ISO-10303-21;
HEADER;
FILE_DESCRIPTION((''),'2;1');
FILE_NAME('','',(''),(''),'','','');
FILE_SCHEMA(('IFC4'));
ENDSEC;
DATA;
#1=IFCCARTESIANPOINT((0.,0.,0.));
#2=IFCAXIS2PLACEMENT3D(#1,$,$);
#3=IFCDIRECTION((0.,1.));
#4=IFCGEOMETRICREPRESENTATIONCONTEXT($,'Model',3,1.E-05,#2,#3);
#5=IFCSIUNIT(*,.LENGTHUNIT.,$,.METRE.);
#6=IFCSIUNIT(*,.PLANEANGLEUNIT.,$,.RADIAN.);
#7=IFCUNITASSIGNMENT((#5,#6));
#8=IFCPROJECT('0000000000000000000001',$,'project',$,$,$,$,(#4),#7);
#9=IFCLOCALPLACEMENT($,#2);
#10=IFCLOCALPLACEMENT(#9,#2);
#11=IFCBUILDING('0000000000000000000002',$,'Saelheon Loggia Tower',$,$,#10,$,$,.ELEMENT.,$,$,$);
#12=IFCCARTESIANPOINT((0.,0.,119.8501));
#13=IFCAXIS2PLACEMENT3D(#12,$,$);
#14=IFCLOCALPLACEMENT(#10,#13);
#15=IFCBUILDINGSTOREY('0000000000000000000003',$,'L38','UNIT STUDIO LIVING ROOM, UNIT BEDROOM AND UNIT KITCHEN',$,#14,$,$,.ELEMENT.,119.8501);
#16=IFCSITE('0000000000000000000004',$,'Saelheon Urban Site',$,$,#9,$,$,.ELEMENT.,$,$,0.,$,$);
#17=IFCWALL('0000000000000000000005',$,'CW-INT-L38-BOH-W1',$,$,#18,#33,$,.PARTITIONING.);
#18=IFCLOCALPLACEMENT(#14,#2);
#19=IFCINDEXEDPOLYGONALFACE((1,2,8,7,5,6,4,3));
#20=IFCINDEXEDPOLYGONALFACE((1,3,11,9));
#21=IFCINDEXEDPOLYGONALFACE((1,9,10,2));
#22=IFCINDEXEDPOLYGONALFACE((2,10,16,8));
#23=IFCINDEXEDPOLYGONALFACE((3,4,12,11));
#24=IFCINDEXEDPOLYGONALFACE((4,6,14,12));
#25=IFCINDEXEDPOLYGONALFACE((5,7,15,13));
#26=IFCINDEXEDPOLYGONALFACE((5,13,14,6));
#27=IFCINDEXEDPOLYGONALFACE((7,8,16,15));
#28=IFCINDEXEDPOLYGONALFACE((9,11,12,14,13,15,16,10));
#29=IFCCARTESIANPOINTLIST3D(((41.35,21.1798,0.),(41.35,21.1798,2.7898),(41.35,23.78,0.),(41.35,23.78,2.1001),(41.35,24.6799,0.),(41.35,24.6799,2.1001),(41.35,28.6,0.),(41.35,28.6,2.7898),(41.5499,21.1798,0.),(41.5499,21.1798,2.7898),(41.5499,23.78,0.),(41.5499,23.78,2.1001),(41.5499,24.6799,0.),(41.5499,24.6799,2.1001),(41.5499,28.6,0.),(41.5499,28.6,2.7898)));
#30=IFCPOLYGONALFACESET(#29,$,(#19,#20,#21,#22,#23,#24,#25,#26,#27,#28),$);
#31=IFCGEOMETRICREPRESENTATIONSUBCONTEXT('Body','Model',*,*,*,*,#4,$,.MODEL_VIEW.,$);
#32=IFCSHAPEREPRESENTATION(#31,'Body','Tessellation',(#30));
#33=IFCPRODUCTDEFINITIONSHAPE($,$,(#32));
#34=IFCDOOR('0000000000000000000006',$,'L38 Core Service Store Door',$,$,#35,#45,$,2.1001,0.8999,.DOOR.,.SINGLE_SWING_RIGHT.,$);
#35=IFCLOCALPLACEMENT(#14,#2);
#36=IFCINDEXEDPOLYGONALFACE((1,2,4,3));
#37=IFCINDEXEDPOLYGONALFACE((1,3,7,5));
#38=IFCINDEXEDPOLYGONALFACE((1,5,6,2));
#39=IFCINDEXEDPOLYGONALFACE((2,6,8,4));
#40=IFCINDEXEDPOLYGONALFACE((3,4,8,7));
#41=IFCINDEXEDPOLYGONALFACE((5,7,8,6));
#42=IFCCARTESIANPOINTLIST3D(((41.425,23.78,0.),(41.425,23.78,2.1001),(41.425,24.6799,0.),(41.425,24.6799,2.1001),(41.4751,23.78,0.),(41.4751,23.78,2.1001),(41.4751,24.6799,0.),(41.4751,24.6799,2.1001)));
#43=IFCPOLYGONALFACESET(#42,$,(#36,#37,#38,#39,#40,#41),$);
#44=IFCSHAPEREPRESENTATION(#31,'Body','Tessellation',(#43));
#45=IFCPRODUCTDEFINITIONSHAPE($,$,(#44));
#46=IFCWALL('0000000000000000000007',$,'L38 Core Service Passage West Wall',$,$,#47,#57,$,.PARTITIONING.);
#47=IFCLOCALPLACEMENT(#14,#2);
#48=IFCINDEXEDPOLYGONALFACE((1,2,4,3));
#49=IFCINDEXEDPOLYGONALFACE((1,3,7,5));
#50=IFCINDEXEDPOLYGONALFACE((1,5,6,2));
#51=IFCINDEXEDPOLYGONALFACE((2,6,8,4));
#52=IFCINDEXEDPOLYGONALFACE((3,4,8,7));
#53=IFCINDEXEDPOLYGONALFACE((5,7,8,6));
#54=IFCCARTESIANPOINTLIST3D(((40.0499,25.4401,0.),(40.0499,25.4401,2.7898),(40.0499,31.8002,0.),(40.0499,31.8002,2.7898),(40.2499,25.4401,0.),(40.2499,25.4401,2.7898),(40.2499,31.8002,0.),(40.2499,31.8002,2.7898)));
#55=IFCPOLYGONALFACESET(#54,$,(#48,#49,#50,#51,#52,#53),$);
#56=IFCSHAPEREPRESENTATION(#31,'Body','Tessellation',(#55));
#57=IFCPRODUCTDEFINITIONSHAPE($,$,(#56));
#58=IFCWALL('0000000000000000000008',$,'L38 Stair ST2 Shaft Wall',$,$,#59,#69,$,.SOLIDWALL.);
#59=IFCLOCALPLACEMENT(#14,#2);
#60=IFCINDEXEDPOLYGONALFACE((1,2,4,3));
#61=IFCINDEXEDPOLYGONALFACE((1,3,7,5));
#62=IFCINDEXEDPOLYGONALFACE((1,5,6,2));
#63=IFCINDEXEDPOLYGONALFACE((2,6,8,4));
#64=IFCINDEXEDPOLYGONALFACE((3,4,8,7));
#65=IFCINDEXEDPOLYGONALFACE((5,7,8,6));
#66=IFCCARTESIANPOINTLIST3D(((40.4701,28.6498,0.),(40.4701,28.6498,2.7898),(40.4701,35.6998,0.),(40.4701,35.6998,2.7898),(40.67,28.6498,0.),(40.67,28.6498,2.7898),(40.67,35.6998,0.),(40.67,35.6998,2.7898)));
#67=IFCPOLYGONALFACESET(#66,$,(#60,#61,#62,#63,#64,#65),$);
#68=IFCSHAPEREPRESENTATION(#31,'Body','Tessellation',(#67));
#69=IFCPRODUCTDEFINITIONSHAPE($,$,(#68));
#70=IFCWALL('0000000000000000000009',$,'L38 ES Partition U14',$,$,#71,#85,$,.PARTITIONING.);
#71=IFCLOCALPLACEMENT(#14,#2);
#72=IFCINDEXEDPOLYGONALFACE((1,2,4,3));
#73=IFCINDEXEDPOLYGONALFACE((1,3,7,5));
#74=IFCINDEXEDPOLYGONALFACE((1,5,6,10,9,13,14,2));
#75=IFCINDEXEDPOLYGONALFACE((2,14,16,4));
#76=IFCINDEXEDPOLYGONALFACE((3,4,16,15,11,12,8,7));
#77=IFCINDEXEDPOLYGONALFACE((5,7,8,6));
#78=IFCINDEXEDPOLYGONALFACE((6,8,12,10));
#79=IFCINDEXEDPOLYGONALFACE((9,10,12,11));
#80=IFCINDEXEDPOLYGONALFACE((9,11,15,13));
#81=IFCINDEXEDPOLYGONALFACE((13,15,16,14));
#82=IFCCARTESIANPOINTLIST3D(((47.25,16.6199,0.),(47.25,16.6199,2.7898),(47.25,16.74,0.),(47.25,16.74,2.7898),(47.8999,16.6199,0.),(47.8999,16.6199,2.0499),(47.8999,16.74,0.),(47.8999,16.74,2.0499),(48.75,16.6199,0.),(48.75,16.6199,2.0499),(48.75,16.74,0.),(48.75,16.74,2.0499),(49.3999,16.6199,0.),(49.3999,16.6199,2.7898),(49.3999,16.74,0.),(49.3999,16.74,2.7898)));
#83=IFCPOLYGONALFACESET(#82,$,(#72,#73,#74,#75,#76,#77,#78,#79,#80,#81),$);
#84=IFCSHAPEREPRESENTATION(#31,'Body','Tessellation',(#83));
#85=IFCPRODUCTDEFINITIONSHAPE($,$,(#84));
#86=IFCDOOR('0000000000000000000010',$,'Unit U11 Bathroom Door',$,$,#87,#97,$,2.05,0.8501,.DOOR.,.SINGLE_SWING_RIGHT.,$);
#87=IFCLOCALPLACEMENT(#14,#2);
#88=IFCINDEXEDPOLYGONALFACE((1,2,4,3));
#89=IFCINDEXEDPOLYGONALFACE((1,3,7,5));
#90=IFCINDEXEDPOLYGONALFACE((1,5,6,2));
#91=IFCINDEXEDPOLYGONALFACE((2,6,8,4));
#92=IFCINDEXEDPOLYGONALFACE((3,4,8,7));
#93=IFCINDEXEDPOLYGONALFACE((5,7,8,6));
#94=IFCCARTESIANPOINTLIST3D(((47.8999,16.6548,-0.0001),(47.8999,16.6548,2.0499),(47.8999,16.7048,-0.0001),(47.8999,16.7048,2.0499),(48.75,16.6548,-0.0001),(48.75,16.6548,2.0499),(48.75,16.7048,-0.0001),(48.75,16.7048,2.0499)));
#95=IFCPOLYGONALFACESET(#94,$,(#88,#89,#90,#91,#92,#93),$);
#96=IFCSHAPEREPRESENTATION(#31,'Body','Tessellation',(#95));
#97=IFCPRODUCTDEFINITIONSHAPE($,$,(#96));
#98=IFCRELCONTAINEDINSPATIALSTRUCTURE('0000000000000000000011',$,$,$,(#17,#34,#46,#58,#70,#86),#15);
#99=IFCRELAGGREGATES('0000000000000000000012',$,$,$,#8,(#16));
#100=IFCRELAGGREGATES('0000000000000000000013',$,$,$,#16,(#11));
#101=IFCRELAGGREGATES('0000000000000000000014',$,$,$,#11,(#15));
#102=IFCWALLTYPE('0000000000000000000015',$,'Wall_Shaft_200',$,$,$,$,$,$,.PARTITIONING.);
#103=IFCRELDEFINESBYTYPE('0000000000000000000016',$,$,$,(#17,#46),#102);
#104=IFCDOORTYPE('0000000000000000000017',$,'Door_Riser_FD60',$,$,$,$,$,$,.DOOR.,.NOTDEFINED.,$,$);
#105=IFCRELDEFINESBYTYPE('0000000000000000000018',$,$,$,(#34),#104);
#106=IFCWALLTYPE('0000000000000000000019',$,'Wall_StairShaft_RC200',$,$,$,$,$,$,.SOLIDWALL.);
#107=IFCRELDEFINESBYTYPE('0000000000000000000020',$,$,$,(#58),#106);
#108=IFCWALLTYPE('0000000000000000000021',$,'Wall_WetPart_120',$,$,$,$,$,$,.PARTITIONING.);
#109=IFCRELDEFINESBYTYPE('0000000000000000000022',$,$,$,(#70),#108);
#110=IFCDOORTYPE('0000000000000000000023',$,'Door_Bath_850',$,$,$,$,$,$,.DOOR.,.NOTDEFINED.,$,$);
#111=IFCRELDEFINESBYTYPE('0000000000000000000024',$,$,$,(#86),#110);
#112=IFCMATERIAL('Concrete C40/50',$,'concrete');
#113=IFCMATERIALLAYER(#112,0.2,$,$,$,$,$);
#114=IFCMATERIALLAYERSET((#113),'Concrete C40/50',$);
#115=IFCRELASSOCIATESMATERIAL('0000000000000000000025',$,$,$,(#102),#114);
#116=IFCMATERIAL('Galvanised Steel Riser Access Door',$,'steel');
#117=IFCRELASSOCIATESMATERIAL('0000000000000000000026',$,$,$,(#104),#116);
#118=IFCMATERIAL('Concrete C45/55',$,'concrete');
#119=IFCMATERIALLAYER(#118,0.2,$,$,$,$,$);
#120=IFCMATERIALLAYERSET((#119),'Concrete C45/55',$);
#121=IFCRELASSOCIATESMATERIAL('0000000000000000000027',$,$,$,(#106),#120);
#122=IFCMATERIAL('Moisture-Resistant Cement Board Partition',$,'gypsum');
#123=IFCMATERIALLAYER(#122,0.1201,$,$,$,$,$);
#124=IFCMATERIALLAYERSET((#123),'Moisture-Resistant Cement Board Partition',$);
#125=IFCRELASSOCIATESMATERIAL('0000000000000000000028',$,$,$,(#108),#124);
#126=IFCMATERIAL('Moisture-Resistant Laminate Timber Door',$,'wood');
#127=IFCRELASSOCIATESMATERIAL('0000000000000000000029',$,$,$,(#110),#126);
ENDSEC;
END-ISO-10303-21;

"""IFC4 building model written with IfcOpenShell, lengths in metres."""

from ifc_helpers import new_model, si_unit, direction, frame, frame_2d, origin, place, context, subcontext, project, spatial, rectangle, extrude, source, transform, mapped, material, layer, layer_set, type_object, element, fill, save


model = new_model("IFC4")

# Units and contexts
model_context = context("Model", 3, precision=1e-05, world=origin(), true_north=direction((0.0, 1.0)))
body_context = subcontext(model_context, "Body", "Model", "MODEL_VIEW")
ifc_project = project(units=[si_unit("LENGTHUNIT", "METRE"), si_unit("PLANEANGLEUNIT", "RADIAN")], contexts=[model_context])

# Site, building, storey
site_placement = place(None, origin())
site = spatial("IfcSite", under=ifc_project, at=site_placement, Name="Saelheon Urban Site", CompositionType="ELEMENT", RefElevation=0.0)
building_placement = place(site_placement, origin())
building = spatial("IfcBuilding", under=site, at=building_placement, Name="Saelheon Loggia Tower", CompositionType="ELEMENT")
storey_placement = place(building_placement, frame((0.0, 0.0, 119.8501)))
storey = spatial("IfcBuildingStorey", under=building, at=storey_placement, Name="L38", Description="UNIT STUDIO LIVING ROOM, UNIT BEDROOM AND UNIT KITCHEN", CompositionType="ELEMENT", Elevation=119.8501)

# Shared definitions
ifc_material_1 = material(Name="Concrete C40/50", Category="concrete")

# Shared definitions
shared_shape_1 = source(origin(), body_context, "Body", "SweptSolid", [
    extrude(rectangle(XDim=0.8999, YDim=2.1001, at=frame_2d((0.45, 1.05))), frame((0.0, 0.0249, 0.0), z_axis=(0.0, -1.0, 0.0), x_axis=(1.0, 0.0, 0.0)), (0.0, 0.0, 1.0), 0.05),
])

# Shared definitions
ifc_layer_1 = layer(ifc_material_1, 0.2)
ifc_layer_set_1 = layer_set([ifc_layer_1], Name="Concrete C40/50")
wall_type_1 = type_object("IfcWallType", Name="Wall_Shaft_200", PredefinedType="PARTITIONING", material=ifc_layer_set_1)

# Wall, opening, door
wall_1_placement = place(storey_placement, frame((41.45, 21.1799, 0.0), z_axis=(0.0, 0.0, 1.0), x_axis=(0.0, 1.0, 0.0)))
wall_1 = element("IfcWall", 1, at=wall_1_placement, inside=storey, type_object=wall_type_1, Name="CW-INT-L38-BOH-W1", PredefinedType="PARTITIONING", context=body_context, shape_type="SweptSolid", body=[
    extrude(rectangle(XDim=7.4202, YDim=0.2, at=frame_2d((3.71, 0.0))), origin(), (0.0, 0.0, 1.0), 2.7898),
])
opening_1_placement = place(wall_1_placement, frame((2.6001, 0.0, 0.0)))
opening_1 = element("IfcOpeningElement", 2, at=opening_1_placement, cuts=wall_1, PredefinedType="OPENING", context=body_context, shape_type="SweptSolid", body=[
    extrude(rectangle(XDim=0.8999, YDim=2.1001, at=frame_2d((0.45, 1.05))), frame((0.0, 0.1121, 0.0), z_axis=(0.0, -1.0, 0.0), x_axis=(1.0, 0.0, 0.0)), (0.0, 0.0, 1.0), 0.2239),
])
ifc_material_2 = material(Name="Galvanised Steel Riser Access Door", Category="steel")
door_type_1 = type_object("IfcDoorType", Name="Door_Riser_FD60", OperationType="NOTDEFINED", PredefinedType="DOOR", material=ifc_material_2)
door_1_placement = place(opening_1_placement, origin())
door_1 = element("IfcDoor", 3, at=door_1_placement, inside=storey, type_object=door_type_1, Name="L38 Core Service Store Door", OperationType="SINGLE_SWING_RIGHT", OverallHeight=2.1001, OverallWidth=0.8999, PredefinedType="DOOR", context=body_context, shape_type="MappedRepresentation", body=[
    mapped(shared_shape_1, transform((0.0, 0.0, 0.0), scale=1.0)),
])
fill(opening_1, door_1)

# Wall
wall_2_placement = place(storey_placement, frame((40.1499, 25.4399, 0.0), z_axis=(0.0, 0.0, 1.0), x_axis=(0.0, 1.0, 0.0)))
element("IfcWall", 4, at=wall_2_placement, inside=storey, type_object=wall_type_1, Name="L38 Core Service Passage West Wall", PredefinedType="PARTITIONING", context=body_context, shape_type="SweptSolid", body=[
    extrude(rectangle(XDim=6.3601, YDim=0.2, at=frame_2d((3.1802, 0.0))), origin(), (0.0, 0.0, 1.0), 2.7898),
])

# Shared definitions
ifc_material_3 = material(Name="Concrete C45/55", Category="concrete")
ifc_layer_2 = layer(ifc_material_3, 0.2)
ifc_layer_set_2 = layer_set([ifc_layer_2], Name="Concrete C45/55")
wall_type_2 = type_object("IfcWallType", Name="Wall_StairShaft_RC200", PredefinedType="SOLIDWALL", material=ifc_layer_set_2)

# Wall
wall_3_placement = place(storey_placement, frame((40.5701, 28.6499, 0.0), z_axis=(0.0, 0.0, 1.0), x_axis=(0.0, 1.0, 0.0)))
element("IfcWall", 5, at=wall_3_placement, inside=storey, type_object=wall_type_2, Name="L38 Stair ST2 Shaft Wall", PredefinedType="SOLIDWALL", context=body_context, shape_type="SweptSolid", body=[
    extrude(rectangle(XDim=7.05, YDim=0.2, at=frame_2d((3.5249, 0.0))), origin(), (0.0, 0.0, 1.0), 2.7898),
])

# Wall, opening, door
ifc_material_4 = material(Name="Moisture-Resistant Cement Board Partition", Category="gypsum")
ifc_layer_3 = layer(ifc_material_4, 0.1201)
ifc_layer_set_3 = layer_set([ifc_layer_3], Name="Moisture-Resistant Cement Board Partition")
wall_type_3 = type_object("IfcWallType", Name="Wall_WetPart_120", PredefinedType="PARTITIONING", material=ifc_layer_set_3)
wall_4_placement = place(storey_placement, frame((47.25, 16.6799, 0.0), z_axis=(0.0, 0.0, 1.0), x_axis=(1.0, 0.0, 0.0)))
wall_4 = element("IfcWall", 6, at=wall_4_placement, inside=storey, type_object=wall_type_3, Name="L38 ES Partition U14", PredefinedType="PARTITIONING", context=body_context, shape_type="SweptSolid", body=[
    extrude(rectangle(XDim=2.1499, YDim=0.1201, at=frame_2d((1.075, 0.0))), origin(), (0.0, 0.0, 1.0), 2.7898),
])
opening_2_placement = place(wall_4_placement, frame((0.6499, 0.0, 0.0)))
opening_2 = element("IfcOpeningElement", 7, at=opening_2_placement, cuts=wall_4, PredefinedType="OPENING", context=body_context, shape_type="SweptSolid", body=[
    extrude(rectangle(XDim=0.8501, YDim=2.05, at=frame_2d((0.425, 1.0249))), frame((0.0, 0.072, 0.0), z_axis=(0.0, -1.0, 0.0), x_axis=(1.0, 0.0, 0.0)), (0.0, 0.0, 1.0), 0.144),
])
ifc_material_5 = material(Name="Moisture-Resistant Laminate Timber Door", Category="wood")
door_type_2 = type_object("IfcDoorType", Name="Door_Bath_850", OperationType="NOTDEFINED", PredefinedType="DOOR", material=ifc_material_5)
shared_shape_2 = source(origin(), body_context, "Body", "SweptSolid", [
    extrude(rectangle(XDim=0.8501, YDim=2.05, at=frame_2d((0.425, 1.0249))), frame((0.0, 0.0249, 0.0), z_axis=(0.0, -1.0, 0.0), x_axis=(1.0, 0.0, 0.0)), (0.0, 0.0, 1.0), 0.05),
])
door_2_placement = place(opening_2_placement, origin())
door_2 = element("IfcDoor", 8, at=door_2_placement, inside=storey, type_object=door_type_2, Name="Unit U11 Bathroom Door", OperationType="SINGLE_SWING_RIGHT", OverallHeight=2.05, OverallWidth=0.8501, PredefinedType="DOOR", context=body_context, shape_type="MappedRepresentation", body=[
    mapped(shared_shape_2, transform((0.0, 0.0, 0.0), scale=1.0)),
])
fill(opening_2, door_2)

save(model, "model.ifc")
